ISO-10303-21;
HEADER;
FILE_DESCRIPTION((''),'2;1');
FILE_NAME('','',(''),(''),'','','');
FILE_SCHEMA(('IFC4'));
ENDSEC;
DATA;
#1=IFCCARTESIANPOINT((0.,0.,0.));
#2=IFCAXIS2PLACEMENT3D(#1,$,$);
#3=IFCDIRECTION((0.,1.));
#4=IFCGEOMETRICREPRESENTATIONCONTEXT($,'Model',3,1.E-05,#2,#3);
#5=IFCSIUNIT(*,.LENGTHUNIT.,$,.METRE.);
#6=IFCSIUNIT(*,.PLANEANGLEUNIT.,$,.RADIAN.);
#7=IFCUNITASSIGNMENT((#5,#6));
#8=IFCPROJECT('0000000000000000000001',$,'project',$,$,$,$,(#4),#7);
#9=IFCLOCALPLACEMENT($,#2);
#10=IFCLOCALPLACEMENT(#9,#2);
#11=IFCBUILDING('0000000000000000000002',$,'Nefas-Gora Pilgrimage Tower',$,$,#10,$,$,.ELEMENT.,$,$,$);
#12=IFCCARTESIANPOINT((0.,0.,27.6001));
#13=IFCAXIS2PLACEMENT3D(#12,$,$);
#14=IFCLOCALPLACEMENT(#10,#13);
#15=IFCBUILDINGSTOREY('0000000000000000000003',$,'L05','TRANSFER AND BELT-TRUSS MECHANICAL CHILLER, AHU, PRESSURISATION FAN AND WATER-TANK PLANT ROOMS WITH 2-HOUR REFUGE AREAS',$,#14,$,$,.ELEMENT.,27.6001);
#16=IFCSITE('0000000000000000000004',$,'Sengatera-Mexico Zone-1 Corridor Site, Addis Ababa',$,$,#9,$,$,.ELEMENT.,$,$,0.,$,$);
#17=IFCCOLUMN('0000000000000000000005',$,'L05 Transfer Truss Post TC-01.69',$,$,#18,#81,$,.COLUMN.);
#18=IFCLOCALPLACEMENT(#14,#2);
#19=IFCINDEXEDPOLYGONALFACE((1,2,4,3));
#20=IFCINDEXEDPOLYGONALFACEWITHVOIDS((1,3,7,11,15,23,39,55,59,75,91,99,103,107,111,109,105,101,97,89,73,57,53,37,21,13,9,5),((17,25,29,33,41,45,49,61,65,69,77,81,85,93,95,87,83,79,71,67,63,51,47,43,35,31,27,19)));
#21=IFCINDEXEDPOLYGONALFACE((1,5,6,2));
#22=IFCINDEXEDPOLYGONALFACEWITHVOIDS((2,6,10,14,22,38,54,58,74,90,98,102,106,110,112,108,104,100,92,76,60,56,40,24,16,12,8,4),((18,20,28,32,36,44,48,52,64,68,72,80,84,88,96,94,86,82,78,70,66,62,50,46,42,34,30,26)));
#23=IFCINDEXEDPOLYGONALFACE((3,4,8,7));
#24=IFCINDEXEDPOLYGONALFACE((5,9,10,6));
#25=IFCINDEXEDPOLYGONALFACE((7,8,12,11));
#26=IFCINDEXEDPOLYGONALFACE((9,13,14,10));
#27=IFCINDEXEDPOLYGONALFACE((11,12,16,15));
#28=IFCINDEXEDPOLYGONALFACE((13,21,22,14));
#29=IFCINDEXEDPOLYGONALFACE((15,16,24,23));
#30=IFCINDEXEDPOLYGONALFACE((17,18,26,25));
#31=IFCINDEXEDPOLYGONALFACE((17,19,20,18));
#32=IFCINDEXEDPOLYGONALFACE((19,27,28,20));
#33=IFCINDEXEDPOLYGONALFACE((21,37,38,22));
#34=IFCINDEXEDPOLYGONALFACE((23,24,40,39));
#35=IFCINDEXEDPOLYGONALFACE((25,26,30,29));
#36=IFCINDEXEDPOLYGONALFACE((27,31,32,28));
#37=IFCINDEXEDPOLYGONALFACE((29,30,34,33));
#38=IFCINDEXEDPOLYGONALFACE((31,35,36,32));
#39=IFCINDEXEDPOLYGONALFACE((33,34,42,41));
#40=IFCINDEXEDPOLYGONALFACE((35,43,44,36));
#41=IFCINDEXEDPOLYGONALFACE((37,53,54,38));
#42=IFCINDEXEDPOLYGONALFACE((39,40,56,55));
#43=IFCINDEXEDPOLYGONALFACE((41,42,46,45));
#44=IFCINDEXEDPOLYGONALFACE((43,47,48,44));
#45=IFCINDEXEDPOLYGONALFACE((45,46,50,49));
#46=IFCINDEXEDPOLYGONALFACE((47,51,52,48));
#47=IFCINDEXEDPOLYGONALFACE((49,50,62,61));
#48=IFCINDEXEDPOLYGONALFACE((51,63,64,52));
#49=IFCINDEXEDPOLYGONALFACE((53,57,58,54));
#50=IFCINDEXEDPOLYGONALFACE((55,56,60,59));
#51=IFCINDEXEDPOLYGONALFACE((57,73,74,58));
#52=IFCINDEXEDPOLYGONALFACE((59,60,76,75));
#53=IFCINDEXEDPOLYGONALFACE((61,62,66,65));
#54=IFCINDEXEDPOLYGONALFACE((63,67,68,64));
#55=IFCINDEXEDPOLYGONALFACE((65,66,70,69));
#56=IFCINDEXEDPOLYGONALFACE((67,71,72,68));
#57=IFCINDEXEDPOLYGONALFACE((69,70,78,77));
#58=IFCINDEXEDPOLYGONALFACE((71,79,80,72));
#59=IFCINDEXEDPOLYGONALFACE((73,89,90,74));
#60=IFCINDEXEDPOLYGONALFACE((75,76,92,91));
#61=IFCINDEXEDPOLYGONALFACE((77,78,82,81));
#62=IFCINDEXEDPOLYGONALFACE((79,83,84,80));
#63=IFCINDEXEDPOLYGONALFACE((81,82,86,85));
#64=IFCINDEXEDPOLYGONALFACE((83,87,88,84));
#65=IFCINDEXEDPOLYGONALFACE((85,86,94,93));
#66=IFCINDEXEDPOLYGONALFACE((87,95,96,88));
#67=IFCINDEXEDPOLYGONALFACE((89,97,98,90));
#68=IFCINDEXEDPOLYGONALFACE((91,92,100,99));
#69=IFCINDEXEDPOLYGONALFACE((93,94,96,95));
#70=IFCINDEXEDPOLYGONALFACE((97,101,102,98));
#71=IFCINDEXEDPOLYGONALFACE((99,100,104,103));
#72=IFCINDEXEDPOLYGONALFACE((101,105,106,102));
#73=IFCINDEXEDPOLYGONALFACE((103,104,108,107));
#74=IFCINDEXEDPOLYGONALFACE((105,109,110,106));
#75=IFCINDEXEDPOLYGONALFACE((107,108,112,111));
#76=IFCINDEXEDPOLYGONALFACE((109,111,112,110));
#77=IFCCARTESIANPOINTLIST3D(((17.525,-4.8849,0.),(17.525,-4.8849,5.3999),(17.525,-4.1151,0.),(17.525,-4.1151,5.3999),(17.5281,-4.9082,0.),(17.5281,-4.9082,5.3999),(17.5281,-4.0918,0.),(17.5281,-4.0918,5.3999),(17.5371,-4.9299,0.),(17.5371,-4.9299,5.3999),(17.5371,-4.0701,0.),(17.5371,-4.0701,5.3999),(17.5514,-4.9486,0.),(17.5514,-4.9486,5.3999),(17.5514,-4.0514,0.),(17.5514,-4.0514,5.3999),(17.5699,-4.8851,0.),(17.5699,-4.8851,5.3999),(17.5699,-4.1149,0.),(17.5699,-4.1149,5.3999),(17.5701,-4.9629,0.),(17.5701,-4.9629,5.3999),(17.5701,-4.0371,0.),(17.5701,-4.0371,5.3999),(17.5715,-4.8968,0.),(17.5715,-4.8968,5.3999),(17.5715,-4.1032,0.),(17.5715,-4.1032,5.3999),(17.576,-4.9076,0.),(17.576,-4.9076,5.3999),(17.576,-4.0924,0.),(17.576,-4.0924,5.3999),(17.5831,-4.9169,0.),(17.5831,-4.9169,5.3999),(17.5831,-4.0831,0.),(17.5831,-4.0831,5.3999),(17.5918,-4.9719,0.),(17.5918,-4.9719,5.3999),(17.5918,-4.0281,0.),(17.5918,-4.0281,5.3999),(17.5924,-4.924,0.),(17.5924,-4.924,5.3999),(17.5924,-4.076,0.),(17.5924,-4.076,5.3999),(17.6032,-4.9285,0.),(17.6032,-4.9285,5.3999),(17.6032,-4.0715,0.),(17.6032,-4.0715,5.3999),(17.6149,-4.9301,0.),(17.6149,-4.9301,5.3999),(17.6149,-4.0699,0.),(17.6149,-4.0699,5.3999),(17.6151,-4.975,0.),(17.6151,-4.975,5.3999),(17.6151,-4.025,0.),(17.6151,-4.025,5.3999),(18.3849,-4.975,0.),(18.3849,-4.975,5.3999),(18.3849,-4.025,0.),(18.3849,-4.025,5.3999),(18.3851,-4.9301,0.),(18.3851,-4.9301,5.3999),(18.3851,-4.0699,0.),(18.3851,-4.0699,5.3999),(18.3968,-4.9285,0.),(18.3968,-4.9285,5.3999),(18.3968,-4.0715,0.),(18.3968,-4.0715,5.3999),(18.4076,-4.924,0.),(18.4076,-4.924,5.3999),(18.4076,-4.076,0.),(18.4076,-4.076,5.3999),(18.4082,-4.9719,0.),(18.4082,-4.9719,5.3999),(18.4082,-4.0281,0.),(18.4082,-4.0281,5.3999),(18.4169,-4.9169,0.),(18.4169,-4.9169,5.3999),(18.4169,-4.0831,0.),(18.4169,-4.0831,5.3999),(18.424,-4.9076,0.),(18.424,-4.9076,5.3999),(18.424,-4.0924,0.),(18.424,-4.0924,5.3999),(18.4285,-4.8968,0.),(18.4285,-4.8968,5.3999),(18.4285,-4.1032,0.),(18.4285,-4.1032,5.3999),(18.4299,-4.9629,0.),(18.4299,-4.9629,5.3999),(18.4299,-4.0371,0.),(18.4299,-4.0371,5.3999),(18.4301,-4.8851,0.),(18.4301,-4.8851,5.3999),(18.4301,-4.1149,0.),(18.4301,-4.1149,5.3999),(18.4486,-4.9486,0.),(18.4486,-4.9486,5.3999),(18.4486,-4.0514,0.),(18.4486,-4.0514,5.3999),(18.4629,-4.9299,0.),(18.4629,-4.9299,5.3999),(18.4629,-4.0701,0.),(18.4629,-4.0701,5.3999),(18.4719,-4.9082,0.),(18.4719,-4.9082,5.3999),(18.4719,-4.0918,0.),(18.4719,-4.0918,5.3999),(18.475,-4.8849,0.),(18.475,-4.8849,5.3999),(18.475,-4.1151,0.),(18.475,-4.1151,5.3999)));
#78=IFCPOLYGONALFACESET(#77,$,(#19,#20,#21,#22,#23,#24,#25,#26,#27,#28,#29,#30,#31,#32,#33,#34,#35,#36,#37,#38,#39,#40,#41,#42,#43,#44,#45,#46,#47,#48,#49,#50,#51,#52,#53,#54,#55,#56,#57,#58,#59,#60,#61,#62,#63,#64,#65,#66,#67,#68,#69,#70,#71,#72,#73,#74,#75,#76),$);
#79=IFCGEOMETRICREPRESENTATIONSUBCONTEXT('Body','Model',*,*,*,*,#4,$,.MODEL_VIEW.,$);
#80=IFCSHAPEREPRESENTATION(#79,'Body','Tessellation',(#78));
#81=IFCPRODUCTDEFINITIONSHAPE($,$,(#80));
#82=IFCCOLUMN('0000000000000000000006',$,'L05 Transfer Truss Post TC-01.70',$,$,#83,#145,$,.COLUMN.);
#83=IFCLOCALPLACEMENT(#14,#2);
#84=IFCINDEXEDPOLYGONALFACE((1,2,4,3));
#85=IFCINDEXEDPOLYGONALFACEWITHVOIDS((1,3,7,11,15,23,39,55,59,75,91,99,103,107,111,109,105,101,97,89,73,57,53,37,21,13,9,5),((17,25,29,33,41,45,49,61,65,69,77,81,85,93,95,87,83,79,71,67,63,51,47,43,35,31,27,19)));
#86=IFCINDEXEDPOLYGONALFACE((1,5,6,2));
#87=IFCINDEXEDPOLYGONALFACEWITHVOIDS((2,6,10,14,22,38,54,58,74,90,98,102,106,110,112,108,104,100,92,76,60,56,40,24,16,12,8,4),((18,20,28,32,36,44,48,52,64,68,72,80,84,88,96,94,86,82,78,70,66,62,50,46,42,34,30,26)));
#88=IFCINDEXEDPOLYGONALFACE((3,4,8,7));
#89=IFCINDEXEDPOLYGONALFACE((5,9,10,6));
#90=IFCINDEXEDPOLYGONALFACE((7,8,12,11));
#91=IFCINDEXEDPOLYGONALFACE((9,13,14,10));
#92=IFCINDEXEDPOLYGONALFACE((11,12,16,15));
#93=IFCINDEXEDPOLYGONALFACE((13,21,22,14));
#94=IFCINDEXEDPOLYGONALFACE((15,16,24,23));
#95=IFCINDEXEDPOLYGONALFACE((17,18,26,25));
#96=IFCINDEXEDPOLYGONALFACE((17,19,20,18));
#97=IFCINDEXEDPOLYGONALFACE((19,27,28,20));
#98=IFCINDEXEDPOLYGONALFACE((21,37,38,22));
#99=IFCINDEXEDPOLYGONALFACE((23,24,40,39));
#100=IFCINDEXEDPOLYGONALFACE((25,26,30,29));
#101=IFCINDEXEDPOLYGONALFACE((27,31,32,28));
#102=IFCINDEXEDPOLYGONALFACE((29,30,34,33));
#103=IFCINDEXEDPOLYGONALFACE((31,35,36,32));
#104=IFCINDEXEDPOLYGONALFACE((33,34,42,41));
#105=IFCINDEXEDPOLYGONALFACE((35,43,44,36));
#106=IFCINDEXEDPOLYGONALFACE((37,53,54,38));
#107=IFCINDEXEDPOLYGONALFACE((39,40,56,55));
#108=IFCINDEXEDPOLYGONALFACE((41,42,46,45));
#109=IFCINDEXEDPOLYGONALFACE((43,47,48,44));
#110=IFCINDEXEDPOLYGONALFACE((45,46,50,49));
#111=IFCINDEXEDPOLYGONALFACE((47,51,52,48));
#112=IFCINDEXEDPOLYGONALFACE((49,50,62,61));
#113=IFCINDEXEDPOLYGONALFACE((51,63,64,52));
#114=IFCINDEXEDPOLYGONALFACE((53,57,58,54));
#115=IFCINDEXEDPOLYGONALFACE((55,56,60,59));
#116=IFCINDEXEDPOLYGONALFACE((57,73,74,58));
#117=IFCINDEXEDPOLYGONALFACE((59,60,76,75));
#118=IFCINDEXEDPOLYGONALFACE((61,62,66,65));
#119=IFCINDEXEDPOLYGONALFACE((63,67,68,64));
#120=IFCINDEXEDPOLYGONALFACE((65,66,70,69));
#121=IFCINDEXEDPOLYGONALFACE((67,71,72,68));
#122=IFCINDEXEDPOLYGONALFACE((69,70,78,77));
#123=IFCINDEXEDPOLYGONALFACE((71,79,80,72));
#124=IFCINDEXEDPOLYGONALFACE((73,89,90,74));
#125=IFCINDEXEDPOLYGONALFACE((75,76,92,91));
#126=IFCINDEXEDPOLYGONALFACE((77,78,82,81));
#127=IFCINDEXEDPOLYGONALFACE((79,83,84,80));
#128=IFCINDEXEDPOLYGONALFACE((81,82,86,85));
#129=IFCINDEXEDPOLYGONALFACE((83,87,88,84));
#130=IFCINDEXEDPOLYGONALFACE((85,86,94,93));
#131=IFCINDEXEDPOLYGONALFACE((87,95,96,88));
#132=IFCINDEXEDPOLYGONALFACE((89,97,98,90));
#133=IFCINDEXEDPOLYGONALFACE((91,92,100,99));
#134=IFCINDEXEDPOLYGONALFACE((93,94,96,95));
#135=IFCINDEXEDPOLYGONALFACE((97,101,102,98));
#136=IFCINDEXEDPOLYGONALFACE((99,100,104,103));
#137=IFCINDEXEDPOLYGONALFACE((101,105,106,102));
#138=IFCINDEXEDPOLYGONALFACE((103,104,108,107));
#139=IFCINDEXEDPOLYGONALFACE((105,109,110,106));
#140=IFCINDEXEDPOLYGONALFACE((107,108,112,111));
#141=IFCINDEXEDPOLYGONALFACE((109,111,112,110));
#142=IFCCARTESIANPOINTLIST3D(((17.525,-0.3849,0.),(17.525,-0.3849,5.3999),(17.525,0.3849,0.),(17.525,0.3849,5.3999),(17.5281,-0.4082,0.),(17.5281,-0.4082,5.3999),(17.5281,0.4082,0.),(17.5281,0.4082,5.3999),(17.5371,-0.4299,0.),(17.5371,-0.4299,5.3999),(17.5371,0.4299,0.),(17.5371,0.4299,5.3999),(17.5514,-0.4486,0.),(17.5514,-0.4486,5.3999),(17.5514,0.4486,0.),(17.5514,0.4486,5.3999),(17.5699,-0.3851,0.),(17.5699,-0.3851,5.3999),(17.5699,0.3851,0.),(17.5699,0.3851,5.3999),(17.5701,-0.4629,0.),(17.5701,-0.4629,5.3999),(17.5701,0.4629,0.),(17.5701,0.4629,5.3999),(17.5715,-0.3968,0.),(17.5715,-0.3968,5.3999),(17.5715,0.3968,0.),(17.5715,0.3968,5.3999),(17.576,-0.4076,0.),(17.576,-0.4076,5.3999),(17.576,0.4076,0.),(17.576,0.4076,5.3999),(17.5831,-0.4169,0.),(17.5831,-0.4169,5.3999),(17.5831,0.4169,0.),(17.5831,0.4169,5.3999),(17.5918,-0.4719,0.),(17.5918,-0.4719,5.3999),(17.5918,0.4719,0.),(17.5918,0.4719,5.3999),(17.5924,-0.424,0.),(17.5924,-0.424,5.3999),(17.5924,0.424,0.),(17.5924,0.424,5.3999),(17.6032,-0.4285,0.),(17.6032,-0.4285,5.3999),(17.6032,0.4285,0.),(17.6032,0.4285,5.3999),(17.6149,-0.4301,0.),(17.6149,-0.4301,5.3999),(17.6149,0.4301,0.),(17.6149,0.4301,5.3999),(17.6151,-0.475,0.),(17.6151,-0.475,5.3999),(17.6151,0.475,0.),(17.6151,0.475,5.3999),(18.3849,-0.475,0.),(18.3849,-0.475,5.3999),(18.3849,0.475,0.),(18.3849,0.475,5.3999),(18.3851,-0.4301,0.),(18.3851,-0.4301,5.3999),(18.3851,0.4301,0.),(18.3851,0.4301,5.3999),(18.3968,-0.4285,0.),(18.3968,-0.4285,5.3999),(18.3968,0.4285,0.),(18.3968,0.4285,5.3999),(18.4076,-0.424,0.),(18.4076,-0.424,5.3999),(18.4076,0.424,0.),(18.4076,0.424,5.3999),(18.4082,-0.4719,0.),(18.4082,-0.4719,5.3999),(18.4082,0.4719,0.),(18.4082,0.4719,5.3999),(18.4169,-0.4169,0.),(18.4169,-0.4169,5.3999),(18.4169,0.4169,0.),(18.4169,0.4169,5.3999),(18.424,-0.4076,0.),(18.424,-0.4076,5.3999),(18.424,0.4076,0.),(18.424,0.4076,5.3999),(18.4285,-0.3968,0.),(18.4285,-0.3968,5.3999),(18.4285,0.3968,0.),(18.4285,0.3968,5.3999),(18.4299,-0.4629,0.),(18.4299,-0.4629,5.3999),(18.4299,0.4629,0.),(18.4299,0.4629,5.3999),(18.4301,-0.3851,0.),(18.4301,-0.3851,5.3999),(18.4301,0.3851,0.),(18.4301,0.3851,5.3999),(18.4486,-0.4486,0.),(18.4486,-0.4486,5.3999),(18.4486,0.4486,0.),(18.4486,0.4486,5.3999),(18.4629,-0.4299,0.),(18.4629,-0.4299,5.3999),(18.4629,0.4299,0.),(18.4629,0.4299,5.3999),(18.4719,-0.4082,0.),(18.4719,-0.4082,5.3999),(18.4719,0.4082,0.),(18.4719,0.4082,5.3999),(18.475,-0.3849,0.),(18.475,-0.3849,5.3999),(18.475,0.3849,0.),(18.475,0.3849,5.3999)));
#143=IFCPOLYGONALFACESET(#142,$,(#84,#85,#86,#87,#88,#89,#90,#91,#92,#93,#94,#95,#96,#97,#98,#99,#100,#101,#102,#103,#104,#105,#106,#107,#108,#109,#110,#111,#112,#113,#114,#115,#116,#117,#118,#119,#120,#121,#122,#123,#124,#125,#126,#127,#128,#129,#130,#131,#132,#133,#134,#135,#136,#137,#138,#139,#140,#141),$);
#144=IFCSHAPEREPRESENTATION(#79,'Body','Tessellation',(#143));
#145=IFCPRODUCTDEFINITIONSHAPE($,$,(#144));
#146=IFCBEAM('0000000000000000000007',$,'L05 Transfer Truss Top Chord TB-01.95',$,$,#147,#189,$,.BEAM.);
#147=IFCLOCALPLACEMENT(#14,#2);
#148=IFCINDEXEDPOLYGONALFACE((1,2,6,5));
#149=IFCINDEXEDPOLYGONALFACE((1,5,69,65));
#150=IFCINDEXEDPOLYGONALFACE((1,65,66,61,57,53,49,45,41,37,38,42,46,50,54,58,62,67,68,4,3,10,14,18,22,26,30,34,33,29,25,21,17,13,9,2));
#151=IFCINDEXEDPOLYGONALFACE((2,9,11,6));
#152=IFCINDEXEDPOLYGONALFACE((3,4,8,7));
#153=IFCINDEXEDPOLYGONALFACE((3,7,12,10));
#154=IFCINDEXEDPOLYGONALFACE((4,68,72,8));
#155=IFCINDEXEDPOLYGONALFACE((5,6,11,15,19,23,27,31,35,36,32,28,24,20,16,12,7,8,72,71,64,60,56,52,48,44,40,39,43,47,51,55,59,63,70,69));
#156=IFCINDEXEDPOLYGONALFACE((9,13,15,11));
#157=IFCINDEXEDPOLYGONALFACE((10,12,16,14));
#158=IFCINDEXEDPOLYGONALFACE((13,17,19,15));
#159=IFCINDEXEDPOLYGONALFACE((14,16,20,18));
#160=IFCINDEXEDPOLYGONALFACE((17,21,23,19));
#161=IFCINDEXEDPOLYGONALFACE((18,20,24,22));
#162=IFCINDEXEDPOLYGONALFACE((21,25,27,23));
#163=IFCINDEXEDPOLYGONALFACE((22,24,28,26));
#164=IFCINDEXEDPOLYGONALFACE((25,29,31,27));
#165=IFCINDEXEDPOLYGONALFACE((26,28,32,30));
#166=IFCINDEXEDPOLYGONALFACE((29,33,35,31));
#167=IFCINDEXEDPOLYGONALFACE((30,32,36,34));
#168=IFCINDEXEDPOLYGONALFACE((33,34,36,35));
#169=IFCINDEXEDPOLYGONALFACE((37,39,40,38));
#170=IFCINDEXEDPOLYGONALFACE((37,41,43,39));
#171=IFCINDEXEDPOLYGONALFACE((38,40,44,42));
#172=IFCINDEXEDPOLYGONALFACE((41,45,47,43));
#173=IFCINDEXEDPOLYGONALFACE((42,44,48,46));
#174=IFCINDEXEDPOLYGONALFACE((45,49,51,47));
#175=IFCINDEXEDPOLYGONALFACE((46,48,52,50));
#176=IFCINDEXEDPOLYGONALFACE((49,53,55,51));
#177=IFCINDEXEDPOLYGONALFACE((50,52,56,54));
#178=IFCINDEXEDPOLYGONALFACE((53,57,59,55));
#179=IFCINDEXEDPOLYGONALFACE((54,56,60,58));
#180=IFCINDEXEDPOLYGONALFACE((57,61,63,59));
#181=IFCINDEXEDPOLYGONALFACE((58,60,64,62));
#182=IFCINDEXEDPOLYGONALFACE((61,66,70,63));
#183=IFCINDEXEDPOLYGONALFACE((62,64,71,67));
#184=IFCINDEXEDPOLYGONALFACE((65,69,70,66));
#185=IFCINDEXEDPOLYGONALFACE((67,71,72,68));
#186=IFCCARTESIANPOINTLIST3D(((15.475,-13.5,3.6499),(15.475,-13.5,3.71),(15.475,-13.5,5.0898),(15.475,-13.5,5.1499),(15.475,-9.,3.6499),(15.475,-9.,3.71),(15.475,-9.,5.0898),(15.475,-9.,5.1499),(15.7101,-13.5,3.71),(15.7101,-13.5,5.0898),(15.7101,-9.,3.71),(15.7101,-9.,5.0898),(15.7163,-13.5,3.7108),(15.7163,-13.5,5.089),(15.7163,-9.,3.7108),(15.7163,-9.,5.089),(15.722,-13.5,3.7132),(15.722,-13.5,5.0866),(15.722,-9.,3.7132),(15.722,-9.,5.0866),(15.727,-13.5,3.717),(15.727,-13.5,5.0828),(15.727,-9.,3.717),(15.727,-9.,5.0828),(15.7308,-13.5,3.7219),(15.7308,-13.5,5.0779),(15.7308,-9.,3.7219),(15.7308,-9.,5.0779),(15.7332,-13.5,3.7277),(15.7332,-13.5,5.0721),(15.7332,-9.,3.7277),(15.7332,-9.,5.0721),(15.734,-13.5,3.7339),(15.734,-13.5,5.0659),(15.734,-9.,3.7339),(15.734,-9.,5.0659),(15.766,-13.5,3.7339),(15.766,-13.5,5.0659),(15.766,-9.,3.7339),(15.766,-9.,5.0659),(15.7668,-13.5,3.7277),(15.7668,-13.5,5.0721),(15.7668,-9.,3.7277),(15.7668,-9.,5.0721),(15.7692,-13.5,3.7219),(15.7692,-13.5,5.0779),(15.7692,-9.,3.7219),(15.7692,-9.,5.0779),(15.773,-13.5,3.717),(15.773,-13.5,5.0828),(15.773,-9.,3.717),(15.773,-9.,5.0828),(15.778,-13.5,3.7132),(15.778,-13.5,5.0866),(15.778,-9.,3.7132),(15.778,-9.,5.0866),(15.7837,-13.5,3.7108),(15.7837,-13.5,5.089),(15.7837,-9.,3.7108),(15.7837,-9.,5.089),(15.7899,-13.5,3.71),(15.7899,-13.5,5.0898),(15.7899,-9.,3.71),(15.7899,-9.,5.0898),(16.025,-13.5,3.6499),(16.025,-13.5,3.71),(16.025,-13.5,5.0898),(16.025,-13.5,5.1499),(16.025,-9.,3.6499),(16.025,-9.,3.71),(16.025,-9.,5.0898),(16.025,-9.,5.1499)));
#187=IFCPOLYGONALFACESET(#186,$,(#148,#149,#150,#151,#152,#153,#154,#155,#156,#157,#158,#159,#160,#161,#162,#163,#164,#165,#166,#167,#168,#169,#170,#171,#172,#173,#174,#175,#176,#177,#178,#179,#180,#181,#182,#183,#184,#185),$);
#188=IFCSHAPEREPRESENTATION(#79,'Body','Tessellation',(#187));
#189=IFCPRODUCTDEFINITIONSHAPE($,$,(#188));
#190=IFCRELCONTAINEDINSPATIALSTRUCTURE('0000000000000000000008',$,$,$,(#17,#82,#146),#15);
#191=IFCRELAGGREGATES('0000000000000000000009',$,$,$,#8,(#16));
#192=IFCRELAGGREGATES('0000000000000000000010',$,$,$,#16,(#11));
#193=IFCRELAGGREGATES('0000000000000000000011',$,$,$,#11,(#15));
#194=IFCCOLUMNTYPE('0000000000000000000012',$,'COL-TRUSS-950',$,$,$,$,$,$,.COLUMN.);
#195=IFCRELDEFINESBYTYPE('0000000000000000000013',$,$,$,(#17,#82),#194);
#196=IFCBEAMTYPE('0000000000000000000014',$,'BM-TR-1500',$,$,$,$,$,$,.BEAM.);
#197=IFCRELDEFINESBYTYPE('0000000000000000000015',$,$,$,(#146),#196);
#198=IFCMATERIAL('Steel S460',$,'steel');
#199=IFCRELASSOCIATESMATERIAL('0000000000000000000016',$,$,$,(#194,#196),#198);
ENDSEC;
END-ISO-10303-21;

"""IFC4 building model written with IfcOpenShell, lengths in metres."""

from ifc_helpers import new_model, si_unit, direction, frame, origin, origin_2d, place, context, subcontext, project, spatial, hollow_rectangle, i_section, extrude, source, transform, mapped, material, material_profile, profile_set, type_object, element, save


model = new_model("IFC4")

# Units and contexts
model_context = context("Model", 3, precision=1e-05, world=origin(), true_north=direction((0.0, 1.0)))
body_context = subcontext(model_context, "Body", "Model", "MODEL_VIEW")
ifc_project = project(units=[si_unit("LENGTHUNIT", "METRE"), si_unit("PLANEANGLEUNIT", "RADIAN")], contexts=[model_context])

# Site, building, storey
site_placement = place(None, origin())
site = spatial("IfcSite", under=ifc_project, at=site_placement, Name="Sengatera-Mexico Zone-1 Corridor Site, Addis Ababa", CompositionType="ELEMENT", RefElevation=0.0)
building_placement = place(site_placement, origin())
building = spatial("IfcBuilding", under=site, at=building_placement, Name="Nefas-Gora Pilgrimage Tower", CompositionType="ELEMENT")
storey_placement = place(building_placement, frame((0.0, 0.0, 27.6001)))
storey = spatial("IfcBuildingStorey", under=building, at=storey_placement, Name="L05", Description="TRANSFER AND BELT-TRUSS MECHANICAL CHILLER, AHU, PRESSURISATION FAN AND WATER-TANK PLANT ROOMS WITH 2-HOUR REFUGE AREAS", CompositionType="ELEMENT", Elevation=27.6001)

# Columns
ifc_material_1 = material(Name="Steel S460", Category="steel")
ifc_material_profile_1 = material_profile(ifc_material_1, hollow_rectangle(XDim=0.95, YDim=0.95, WallThickness=0.0449, InnerFilletRadius=0.0449, OuterFilletRadius=0.0901, at=origin_2d()), Name="BOX 950x950x45")
ifc_profile_set_1 = profile_set([ifc_material_profile_1], Name="Steel S460")
column_type = type_object("IfcColumnType", Name="COL-TRUSS-950", PredefinedType="COLUMN", material=ifc_profile_set_1)
shared_shape_1 = source(origin(), body_context, "Body", "SweptSolid", [
    extrude(hollow_rectangle(XDim=0.95, YDim=0.95, WallThickness=0.0449, InnerFilletRadius=0.0449, OuterFilletRadius=0.0901, at=origin_2d()), origin(), (0.0, 0.0, 1.0), 5.3999),
])
for number, where, z_axis, x_axis, name in (
    (1, (18.0, -4.5, 0.0), (0.0, 0.0, 1.0), (1.0, 0.0, 0.0), "L05 Transfer Truss Post TC-01.69"),
    (2, (18.0, 0.0, 0.0), (0.0, 0.0, 1.0), (1.0, 0.0, 0.0), "L05 Transfer Truss Post TC-01.70"),
):
    element("IfcColumn", number, at=place(storey_placement, frame(where, z_axis=z_axis, x_axis=x_axis)), inside=storey, type_object=column_type, Name=name, PredefinedType="COLUMN", context=body_context, shape_type="MappedRepresentation", body=[
        mapped(shared_shape_1, transform((0.0, 0.0, 0.0), x_axis=(1.0, 0.0, 0.0), y_axis=(0.0, 1.0, 0.0), z_axis=(0.0, 0.0, 1.0), scale=1.0)),
    ])

# Beam
ifc_material_profile_2 = material_profile(ifc_material_1, i_section(OverallWidth=0.55, OverallDepth=1.5, WebThickness=0.032, FlangeThickness=0.0601, FilletRadius=0.0239, at=origin_2d()), Name="WPG 1500x550x32x60")
ifc_profile_set_2 = profile_set([ifc_material_profile_2], Name="Steel S460")
beam_type_1 = type_object("IfcBeamType", Name="BM-TR-1500", PredefinedType="BEAM", material=ifc_profile_set_2)
shared_shape_2 = source(origin(), body_context, "Body", "SweptSolid", [
    extrude(i_section(OverallWidth=0.55, OverallDepth=1.5, WebThickness=0.032, FlangeThickness=0.0601, FilletRadius=0.0239, at=origin_2d()), origin(), (0.0, 0.0, 1.0), 4.5),
])
for number, where, z_axis, x_axis, name in (
    (3, (15.75, -13.5, 4.3999), (0.0, 1.0, 0.0), (-1.0, 0.0, 0.0), "L05 Transfer Truss Top Chord TB-01.95"),
):
    element("IfcBeam", number, at=place(storey_placement, frame(where, z_axis=z_axis, x_axis=x_axis)), inside=storey, type_object=beam_type_1, Name=name, PredefinedType="BEAM", context=body_context, shape_type="MappedRepresentation", body=[
        mapped(shared_shape_2, transform((0.0, 0.0, 0.0), x_axis=(1.0, 0.0, 0.0), y_axis=(0.0, 1.0, 0.0), z_axis=(0.0, 0.0, 1.0), scale=1.0)),
    ])

save(model, "model.ifc")
